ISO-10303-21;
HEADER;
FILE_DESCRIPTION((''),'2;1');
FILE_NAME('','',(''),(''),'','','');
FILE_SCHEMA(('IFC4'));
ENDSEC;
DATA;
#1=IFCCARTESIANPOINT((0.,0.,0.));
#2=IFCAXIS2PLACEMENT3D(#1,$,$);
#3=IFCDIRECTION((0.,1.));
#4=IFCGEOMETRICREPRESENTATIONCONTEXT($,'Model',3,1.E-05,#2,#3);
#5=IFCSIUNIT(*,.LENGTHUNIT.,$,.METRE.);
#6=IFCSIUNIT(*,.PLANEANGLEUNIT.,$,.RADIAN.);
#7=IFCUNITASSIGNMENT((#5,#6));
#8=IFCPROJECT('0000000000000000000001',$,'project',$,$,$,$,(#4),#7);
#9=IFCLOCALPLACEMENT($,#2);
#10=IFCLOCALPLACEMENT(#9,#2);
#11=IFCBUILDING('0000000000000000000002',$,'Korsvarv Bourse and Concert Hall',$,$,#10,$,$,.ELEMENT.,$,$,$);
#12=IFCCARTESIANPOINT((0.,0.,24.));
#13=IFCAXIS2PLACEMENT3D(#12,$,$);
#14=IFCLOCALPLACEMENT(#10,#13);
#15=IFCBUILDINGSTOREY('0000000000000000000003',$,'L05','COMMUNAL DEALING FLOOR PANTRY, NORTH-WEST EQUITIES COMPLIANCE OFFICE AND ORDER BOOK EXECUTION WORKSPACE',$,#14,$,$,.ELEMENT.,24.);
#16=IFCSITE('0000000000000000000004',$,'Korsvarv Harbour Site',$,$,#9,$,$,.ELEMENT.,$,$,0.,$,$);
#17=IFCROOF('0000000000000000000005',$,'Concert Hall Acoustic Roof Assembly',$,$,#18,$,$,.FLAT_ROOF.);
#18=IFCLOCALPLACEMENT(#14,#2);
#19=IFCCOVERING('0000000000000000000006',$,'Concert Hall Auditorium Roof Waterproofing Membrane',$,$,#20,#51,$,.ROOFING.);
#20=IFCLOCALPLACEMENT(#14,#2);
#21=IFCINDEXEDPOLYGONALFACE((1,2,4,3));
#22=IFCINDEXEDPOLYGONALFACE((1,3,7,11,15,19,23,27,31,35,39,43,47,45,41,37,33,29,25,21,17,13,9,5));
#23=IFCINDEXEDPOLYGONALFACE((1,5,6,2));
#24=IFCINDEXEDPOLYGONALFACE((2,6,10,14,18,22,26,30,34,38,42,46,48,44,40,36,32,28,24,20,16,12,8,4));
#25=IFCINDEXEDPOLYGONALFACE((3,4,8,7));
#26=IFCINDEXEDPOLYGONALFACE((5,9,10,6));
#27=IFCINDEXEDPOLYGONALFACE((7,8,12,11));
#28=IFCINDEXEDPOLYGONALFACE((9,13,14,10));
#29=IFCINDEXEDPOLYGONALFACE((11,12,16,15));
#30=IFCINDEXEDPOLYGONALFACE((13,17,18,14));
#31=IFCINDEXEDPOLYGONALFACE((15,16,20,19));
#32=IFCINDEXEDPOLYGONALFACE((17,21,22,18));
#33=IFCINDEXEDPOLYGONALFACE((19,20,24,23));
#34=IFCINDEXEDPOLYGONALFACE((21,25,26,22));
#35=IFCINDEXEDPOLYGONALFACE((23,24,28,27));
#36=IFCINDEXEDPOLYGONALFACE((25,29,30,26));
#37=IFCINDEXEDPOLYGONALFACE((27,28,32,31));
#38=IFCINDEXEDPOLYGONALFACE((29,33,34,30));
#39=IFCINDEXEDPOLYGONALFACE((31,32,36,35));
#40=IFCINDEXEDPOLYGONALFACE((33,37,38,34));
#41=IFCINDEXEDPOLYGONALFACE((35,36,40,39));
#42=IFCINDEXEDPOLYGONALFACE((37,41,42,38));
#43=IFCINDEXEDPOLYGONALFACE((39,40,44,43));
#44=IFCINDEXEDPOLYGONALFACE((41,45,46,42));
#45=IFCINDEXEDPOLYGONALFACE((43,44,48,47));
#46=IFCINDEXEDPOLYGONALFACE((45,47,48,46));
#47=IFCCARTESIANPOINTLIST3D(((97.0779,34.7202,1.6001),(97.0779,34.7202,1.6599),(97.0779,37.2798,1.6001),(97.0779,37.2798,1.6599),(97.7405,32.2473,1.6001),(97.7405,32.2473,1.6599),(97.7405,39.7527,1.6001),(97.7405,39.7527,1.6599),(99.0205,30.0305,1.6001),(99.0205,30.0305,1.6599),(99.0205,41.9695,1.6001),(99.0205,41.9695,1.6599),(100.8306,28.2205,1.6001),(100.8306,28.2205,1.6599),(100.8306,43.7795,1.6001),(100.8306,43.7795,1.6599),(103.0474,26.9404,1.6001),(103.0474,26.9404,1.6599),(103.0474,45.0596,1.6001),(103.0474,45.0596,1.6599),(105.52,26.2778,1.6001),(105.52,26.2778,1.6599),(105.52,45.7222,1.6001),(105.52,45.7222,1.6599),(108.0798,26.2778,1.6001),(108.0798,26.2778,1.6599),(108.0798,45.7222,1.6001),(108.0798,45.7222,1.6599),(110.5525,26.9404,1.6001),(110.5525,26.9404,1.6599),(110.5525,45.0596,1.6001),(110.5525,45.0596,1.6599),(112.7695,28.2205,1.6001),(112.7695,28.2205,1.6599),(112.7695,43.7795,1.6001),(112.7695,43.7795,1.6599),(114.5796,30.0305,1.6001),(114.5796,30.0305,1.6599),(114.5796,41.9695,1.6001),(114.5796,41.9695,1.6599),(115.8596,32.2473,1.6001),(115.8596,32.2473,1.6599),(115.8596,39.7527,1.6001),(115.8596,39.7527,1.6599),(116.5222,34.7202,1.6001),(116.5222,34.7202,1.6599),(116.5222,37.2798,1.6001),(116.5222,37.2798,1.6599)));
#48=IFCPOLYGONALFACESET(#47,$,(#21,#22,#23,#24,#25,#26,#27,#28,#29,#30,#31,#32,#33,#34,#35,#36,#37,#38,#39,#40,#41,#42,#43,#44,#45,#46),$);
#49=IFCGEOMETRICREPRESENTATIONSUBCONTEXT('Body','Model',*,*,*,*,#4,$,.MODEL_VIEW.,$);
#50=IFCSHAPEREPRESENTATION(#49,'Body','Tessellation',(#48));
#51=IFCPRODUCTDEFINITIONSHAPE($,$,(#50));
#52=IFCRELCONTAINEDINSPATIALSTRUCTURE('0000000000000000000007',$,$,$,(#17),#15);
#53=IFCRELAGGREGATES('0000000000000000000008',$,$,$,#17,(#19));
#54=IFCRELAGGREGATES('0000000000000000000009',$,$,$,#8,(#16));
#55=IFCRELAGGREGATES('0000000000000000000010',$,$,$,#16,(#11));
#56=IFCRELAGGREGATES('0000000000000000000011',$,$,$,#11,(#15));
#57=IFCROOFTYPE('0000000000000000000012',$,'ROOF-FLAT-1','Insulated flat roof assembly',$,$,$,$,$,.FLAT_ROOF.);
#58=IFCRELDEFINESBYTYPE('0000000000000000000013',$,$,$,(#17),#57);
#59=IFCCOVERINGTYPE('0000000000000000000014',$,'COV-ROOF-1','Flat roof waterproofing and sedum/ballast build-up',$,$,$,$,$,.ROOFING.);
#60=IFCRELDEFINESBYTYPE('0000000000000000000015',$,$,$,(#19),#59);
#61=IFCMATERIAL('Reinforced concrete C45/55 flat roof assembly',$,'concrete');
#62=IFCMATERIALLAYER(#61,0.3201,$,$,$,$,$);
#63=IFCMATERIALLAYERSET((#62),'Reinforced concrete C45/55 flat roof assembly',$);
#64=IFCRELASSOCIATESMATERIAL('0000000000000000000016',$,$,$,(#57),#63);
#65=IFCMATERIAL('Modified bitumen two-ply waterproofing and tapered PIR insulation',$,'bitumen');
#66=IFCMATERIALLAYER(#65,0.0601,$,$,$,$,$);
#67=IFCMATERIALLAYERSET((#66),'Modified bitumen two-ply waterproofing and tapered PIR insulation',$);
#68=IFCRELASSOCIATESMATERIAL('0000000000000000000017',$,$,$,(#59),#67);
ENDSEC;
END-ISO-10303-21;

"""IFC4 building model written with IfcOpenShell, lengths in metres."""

from ifc_helpers import new_model, si_unit, direction, frame, origin, place, context, subcontext, project, spatial, polyline, outline, extrude, material, layer, layer_set, type_object, element, aggregate, save


model = new_model("IFC4")

# Units and contexts
model_context = context("Model", 3, precision=1e-05, world=origin(), true_north=direction((0.0, 1.0)))
body_context = subcontext(model_context, "Body", "Model", "MODEL_VIEW")
ifc_project = project(units=[si_unit("LENGTHUNIT", "METRE"), si_unit("PLANEANGLEUNIT", "RADIAN")], contexts=[model_context])

# Site, building, storey
site_placement = place(None, origin())
site = spatial("IfcSite", under=ifc_project, at=site_placement, Name="Korsvarv Harbour Site", CompositionType="ELEMENT", RefElevation=0.0)
building_placement = place(site_placement, origin())
building = spatial("IfcBuilding", under=site, at=building_placement, Name="Korsvarv Bourse and Concert Hall", CompositionType="ELEMENT")
storey_placement = place(building_placement, frame((0.0, 0.0, 24.0)))
storey = spatial("IfcBuildingStorey", under=building, at=storey_placement, Name="L05", Description="COMMUNAL DEALING FLOOR PANTRY, NORTH-WEST EQUITIES COMPLIANCE OFFICE AND ORDER BOOK EXECUTION WORKSPACE", CompositionType="ELEMENT", Elevation=24.0)

# Roof, covering
ifc_material_1 = material(Name="Reinforced concrete C45/55 flat roof assembly", Category="concrete")
ifc_layer_1 = layer(ifc_material_1, 0.3201)
ifc_layer_set_1 = layer_set([ifc_layer_1], Name="Reinforced concrete C45/55 flat roof assembly")
roof_type = type_object("IfcRoofType", Name="ROOF-FLAT-1", Description="Insulated flat roof assembly", PredefinedType="FLAT_ROOF", material=ifc_layer_set_1)
roof_placement = place(storey_placement, origin())
roof = element("IfcRoof", 1, at=roof_placement, inside=storey, type_object=roof_type, Name="Concert Hall Acoustic Roof Assembly", PredefinedType="FLAT_ROOF")
ifc_material_2 = material(Name="Modified bitumen two-ply waterproofing and tapered PIR insulation", Category="bitumen")
ifc_layer_2 = layer(ifc_material_2, 0.0601)
ifc_layer_set_2 = layer_set([ifc_layer_2], Name="Modified bitumen two-ply waterproofing and tapered PIR insulation")
covering_type_1 = type_object("IfcCoveringType", Name="COV-ROOF-1", Description="Flat roof waterproofing and sedum/ballast build-up", PredefinedType="ROOFING", material=ifc_layer_set_2)
covering_1_placement = place(storey_placement, frame((0.0, 0.0, 1.6001)))
covering_1 = element("IfcCovering", 2, at=covering_1_placement, type_object=covering_type_1, Name="Concert Hall Auditorium Roof Waterproofing Membrane", PredefinedType="ROOFING", context=body_context, shape_type="SweptSolid", body=[
    extrude(outline(polyline([(116.5222, 37.2798), (115.8596, 39.7527), (114.5796, 41.9695), (112.7695, 43.7795), (110.5525, 45.0596), (108.0798, 45.7222), (105.52, 45.7222), (103.0474, 45.0596), (100.8306, 43.7795), (99.0205, 41.9695), (97.7405, 39.7527), (97.0779, 37.2798), (97.0779, 34.7202), (97.7405, 32.2473), (99.0205, 30.0305), (100.8306, 28.2205), (103.0474, 26.9404), (105.52, 26.2778), (108.0798, 26.2778), (110.5525, 26.9404), (112.7695, 28.2205), (114.5796, 30.0305), (115.8596, 32.2473), (116.5222, 34.7202), (116.5222, 37.2798)])), origin(), (0.0, 0.0, 1.0), 0.0598),
])
aggregate(roof, [covering_1])

save(model, "model.ifc")
